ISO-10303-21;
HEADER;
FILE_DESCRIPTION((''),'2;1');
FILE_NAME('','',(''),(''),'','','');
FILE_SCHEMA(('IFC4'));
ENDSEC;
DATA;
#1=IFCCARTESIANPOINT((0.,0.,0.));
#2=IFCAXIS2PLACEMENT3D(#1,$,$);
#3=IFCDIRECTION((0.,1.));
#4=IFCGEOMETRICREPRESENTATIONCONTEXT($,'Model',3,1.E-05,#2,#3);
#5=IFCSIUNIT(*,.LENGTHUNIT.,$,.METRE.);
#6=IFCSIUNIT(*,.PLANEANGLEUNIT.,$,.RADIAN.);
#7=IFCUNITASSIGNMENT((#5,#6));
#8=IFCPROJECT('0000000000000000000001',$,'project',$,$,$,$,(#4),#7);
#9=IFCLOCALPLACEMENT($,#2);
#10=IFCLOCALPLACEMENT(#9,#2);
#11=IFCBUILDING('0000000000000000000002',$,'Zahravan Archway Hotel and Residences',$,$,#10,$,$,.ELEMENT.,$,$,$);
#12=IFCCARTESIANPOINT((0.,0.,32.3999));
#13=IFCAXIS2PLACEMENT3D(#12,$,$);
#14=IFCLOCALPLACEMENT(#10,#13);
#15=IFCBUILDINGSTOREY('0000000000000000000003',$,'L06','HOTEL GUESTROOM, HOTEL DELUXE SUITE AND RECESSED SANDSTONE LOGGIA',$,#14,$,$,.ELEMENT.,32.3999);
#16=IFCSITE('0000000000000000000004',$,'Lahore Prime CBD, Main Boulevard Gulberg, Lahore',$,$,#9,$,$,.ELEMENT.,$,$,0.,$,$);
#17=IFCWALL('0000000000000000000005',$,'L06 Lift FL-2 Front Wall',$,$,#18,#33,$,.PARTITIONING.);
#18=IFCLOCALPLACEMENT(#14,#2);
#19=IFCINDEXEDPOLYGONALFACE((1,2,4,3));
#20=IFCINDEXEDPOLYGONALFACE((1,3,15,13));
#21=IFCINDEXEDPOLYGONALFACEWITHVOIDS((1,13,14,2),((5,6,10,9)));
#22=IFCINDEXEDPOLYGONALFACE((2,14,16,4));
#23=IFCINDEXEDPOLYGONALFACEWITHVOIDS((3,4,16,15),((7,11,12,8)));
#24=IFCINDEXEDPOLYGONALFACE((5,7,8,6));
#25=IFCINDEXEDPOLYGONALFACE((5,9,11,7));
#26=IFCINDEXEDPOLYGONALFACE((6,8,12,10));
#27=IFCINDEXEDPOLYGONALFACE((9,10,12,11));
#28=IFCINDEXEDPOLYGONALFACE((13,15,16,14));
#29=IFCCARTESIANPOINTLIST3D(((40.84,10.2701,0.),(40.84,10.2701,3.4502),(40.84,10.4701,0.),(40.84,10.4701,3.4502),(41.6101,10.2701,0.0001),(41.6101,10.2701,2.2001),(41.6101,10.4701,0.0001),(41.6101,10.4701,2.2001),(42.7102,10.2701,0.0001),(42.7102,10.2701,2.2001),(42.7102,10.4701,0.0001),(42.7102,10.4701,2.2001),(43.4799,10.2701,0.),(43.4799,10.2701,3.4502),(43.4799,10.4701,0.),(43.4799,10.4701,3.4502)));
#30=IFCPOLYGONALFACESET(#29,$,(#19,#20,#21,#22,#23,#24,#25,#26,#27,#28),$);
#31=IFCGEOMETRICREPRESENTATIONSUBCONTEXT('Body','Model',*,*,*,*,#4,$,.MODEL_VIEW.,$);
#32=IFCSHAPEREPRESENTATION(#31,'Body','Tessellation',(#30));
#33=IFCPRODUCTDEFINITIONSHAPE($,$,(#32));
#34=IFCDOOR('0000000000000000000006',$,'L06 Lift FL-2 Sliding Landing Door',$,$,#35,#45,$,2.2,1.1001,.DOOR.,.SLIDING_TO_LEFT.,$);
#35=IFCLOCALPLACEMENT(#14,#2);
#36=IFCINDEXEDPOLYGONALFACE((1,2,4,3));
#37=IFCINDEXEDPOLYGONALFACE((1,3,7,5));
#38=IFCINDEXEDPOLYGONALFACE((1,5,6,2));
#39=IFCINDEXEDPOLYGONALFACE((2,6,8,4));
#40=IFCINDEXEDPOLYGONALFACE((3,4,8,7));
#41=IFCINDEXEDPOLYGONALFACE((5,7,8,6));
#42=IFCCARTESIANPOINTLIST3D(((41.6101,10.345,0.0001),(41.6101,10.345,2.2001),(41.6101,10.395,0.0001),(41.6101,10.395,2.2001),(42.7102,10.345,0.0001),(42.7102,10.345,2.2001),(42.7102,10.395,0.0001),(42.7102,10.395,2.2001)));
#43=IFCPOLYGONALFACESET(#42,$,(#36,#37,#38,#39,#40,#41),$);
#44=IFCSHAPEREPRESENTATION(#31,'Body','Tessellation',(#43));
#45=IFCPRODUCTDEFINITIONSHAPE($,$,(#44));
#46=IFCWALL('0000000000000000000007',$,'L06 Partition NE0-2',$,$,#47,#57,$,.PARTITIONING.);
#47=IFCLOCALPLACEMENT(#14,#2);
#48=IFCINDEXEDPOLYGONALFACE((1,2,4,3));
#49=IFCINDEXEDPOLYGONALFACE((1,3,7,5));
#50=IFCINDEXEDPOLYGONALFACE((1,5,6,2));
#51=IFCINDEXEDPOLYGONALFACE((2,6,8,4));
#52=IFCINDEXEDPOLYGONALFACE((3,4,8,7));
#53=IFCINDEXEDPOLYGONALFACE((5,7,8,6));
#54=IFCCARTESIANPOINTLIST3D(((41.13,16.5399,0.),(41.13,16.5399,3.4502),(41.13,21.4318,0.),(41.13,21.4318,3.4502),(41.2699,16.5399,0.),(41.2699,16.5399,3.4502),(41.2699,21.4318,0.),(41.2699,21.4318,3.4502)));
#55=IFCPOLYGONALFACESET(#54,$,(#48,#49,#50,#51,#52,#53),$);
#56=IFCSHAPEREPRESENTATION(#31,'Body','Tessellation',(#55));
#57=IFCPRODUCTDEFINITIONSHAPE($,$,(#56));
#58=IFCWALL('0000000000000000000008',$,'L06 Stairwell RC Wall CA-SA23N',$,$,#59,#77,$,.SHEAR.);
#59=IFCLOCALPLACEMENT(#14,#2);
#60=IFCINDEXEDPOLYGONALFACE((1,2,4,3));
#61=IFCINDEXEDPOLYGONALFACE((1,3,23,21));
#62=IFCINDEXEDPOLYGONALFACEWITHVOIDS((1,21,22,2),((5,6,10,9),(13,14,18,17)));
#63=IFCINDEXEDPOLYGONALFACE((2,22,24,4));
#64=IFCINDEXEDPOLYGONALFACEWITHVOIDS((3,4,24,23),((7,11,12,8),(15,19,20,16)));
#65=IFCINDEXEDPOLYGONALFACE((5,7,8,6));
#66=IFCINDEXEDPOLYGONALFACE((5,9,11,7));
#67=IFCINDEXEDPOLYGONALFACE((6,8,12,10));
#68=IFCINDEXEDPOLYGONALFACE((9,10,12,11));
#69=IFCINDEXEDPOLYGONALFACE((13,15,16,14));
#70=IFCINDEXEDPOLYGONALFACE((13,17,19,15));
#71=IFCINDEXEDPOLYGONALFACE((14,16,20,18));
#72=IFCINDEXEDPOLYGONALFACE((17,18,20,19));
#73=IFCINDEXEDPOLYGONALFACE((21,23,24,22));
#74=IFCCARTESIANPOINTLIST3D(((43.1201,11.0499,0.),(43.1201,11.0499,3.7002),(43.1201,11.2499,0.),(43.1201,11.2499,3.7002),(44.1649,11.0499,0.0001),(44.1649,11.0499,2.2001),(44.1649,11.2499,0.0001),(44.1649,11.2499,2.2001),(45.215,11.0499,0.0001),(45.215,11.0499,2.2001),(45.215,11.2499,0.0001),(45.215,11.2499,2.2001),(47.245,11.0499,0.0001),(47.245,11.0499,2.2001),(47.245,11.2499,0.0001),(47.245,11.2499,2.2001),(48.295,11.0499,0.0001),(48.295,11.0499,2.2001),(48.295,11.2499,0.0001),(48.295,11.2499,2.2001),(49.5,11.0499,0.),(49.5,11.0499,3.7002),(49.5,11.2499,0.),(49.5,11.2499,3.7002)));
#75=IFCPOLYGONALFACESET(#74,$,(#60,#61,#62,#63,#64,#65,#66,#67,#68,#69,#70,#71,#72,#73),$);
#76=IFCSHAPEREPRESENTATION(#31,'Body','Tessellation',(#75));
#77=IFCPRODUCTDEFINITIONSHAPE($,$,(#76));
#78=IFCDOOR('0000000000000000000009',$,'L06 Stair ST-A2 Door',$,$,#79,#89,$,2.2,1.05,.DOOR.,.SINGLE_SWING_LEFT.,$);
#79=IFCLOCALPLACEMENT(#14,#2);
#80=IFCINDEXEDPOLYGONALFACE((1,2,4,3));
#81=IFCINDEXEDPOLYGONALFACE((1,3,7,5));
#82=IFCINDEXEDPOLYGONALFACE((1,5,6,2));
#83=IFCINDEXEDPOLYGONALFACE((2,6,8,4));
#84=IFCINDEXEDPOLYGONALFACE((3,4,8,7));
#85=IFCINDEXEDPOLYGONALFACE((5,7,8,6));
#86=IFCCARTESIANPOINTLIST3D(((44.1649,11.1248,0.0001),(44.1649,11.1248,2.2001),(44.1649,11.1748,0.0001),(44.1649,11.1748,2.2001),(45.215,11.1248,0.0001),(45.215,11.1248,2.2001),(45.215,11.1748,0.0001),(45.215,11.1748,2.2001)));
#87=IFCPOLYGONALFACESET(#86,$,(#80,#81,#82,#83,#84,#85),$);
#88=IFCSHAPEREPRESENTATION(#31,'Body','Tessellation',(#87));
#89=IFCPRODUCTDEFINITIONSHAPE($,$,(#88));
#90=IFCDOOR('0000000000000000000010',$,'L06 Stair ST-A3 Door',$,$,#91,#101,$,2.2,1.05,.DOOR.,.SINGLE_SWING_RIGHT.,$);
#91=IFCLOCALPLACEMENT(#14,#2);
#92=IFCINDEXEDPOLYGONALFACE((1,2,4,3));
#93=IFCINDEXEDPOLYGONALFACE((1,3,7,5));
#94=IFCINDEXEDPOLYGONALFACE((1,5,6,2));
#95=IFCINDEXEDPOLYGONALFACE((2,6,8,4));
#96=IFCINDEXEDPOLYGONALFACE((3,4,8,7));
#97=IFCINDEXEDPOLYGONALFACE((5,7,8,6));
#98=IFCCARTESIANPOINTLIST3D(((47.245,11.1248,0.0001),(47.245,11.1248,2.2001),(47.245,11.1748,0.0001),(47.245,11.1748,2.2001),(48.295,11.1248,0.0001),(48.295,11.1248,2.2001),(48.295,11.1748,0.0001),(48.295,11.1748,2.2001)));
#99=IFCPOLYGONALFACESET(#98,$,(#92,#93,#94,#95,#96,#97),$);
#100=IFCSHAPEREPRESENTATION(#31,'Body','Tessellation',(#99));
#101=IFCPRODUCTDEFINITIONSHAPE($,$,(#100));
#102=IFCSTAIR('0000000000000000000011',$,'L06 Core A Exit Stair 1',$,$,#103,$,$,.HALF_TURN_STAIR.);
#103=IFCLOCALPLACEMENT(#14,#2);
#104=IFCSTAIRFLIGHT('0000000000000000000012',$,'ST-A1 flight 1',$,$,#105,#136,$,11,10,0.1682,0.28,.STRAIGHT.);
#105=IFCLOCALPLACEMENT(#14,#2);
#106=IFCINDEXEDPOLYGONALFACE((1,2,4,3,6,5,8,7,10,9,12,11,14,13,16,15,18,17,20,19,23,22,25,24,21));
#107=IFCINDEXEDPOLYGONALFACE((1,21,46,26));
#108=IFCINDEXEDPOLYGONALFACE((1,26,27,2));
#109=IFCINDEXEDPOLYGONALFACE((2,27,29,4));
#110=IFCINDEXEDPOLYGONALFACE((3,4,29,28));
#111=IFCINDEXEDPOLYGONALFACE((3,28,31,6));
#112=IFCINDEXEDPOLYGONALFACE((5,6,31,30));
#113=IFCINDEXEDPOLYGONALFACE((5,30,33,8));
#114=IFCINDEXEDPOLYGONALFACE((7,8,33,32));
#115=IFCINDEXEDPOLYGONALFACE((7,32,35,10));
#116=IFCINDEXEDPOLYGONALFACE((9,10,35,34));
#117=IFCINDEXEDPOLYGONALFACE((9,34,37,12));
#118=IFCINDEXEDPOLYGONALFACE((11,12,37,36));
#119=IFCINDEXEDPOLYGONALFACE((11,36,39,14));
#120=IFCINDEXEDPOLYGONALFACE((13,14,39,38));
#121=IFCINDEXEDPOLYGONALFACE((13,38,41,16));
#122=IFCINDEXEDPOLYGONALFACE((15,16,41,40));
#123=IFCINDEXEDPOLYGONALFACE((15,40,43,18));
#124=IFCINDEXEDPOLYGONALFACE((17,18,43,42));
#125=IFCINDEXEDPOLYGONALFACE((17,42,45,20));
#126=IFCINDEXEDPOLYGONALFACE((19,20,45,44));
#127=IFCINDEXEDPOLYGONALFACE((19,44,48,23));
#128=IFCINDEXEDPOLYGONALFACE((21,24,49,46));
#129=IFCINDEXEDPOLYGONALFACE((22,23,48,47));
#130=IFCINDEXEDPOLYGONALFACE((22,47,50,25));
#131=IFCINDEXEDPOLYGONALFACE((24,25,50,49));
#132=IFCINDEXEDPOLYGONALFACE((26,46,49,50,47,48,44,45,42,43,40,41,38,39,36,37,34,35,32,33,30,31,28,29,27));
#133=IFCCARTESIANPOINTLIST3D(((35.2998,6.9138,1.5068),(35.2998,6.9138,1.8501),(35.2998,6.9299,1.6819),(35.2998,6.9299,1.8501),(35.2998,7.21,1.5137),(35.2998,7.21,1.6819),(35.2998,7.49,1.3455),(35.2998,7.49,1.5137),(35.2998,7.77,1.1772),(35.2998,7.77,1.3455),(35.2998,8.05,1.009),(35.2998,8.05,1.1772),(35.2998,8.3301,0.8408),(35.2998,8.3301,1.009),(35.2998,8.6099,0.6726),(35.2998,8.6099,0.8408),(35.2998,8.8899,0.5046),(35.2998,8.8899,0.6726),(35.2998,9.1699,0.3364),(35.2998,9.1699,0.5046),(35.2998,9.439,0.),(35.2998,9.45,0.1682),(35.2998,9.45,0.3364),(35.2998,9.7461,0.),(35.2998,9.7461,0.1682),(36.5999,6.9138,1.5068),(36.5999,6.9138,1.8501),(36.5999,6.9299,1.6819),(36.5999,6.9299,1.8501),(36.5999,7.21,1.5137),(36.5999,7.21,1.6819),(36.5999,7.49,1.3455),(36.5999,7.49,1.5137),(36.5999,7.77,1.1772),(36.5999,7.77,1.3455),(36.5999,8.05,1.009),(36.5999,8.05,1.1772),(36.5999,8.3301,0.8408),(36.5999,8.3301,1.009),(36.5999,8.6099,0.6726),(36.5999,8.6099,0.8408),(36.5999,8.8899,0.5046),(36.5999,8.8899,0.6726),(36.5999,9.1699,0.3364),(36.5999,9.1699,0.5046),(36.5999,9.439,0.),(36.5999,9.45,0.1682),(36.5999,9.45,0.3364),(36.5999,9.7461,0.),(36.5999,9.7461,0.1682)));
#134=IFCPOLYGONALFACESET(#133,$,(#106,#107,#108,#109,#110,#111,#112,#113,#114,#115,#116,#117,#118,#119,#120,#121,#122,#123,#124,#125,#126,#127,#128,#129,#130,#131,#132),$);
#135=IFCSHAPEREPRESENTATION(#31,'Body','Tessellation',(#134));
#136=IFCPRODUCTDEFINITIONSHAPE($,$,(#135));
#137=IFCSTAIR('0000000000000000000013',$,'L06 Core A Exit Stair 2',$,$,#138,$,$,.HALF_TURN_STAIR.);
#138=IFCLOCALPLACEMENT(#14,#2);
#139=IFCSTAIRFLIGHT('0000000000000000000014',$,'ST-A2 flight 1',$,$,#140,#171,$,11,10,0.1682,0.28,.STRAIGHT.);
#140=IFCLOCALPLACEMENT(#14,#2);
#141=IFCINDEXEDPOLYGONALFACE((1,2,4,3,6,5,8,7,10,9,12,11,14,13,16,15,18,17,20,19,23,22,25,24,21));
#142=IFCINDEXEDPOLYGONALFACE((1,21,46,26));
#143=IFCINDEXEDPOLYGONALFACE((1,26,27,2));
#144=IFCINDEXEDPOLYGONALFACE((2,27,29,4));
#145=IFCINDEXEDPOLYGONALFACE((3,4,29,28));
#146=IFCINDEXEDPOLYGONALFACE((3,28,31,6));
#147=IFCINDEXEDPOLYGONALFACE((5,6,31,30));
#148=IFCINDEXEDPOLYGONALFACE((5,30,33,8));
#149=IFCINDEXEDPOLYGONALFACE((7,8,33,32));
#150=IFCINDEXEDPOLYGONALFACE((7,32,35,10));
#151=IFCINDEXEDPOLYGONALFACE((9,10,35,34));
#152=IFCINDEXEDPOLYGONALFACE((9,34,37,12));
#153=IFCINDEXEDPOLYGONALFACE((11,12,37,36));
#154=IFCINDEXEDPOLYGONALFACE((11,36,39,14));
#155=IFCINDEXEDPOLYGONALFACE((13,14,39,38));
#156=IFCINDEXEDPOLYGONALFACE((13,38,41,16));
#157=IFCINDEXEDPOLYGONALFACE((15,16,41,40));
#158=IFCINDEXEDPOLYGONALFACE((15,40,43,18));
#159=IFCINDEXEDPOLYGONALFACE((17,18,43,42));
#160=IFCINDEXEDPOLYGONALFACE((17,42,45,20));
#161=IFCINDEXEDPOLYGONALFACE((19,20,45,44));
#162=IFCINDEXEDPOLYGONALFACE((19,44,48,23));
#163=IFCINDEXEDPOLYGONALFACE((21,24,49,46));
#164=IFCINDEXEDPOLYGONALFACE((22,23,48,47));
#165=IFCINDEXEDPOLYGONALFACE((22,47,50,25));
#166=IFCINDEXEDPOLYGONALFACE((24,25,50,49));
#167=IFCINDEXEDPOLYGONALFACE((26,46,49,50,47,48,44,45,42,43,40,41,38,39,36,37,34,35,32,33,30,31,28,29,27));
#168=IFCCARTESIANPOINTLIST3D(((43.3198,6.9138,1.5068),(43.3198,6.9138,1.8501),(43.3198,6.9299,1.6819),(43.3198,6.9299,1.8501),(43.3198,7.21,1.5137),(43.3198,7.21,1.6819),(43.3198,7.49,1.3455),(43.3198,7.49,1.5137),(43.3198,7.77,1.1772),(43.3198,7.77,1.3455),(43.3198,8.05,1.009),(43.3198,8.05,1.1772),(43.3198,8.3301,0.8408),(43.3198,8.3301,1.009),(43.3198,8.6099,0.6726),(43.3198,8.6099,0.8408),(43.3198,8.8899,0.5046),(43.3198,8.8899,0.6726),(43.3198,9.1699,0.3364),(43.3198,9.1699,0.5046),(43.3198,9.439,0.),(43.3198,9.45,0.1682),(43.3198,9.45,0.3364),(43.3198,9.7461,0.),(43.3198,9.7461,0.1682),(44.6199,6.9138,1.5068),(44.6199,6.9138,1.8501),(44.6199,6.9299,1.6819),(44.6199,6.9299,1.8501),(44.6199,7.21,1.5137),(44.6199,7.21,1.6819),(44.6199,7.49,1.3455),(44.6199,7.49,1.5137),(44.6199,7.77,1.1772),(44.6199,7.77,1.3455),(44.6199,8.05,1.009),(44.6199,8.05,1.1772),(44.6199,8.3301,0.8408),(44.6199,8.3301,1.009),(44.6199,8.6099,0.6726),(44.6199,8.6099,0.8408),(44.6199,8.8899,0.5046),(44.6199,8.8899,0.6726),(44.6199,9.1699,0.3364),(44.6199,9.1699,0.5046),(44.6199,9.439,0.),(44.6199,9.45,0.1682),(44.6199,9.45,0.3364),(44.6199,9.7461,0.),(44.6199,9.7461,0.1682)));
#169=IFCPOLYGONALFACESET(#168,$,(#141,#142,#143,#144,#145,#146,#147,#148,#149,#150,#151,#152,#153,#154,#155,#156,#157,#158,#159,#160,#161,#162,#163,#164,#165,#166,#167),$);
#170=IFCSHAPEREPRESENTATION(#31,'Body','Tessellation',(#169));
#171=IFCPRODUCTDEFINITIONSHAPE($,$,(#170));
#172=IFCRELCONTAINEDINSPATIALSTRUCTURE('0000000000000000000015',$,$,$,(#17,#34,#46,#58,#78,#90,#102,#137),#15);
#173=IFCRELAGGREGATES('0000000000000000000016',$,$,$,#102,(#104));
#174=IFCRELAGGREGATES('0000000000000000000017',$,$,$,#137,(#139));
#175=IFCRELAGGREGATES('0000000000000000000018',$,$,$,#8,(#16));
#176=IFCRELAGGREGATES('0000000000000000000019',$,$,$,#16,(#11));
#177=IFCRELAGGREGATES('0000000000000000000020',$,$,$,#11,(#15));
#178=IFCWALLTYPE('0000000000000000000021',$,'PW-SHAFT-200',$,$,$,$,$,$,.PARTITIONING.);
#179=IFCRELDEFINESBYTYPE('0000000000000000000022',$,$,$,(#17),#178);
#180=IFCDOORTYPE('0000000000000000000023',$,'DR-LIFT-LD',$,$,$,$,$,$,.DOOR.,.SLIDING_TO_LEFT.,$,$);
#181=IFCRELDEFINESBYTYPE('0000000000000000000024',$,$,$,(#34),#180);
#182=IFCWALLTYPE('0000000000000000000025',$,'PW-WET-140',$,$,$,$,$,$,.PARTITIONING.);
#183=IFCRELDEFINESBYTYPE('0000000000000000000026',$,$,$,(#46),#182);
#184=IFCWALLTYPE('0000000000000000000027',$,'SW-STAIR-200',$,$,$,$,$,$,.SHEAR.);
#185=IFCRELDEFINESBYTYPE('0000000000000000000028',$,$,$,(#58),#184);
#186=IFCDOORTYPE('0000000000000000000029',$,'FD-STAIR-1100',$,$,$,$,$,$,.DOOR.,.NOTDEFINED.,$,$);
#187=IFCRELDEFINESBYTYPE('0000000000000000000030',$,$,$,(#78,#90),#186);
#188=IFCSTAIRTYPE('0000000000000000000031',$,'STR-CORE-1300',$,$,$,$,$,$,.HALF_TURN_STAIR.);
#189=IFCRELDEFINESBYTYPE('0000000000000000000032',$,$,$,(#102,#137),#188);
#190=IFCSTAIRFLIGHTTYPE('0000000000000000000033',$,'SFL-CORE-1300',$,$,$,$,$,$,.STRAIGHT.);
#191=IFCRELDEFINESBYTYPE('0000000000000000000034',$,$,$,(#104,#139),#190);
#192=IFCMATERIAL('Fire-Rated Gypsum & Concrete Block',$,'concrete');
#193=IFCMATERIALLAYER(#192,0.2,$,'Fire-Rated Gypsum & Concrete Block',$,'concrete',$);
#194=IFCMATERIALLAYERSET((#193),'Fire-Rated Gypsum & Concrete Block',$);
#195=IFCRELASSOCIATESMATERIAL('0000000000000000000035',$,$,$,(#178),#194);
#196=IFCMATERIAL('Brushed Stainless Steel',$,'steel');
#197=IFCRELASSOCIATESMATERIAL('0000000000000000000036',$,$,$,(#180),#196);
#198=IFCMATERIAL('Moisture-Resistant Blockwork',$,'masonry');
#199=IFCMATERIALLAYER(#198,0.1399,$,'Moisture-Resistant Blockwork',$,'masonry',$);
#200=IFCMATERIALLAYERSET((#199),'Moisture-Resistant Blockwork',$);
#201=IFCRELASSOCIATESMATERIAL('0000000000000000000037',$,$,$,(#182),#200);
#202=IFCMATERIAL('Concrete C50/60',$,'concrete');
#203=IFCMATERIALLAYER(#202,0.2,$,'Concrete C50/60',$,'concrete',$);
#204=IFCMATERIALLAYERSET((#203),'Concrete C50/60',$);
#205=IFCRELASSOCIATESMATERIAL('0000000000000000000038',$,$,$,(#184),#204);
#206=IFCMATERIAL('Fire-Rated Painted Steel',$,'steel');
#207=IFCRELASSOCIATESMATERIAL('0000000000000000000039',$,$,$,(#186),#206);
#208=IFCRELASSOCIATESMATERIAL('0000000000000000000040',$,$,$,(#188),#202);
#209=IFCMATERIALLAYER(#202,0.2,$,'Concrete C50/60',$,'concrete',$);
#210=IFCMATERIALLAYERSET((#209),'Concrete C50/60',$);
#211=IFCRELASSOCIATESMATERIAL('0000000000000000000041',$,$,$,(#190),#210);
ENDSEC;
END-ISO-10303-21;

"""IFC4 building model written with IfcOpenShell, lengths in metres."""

from ifc_helpers import new_model, si_unit, direction, frame, frame_2d, origin, place, context, subcontext, project, spatial, polyline, rectangle, outline, extrude, source, transform, mapped, material, layer, layer_set, type_object, type_shapes, element, fill, aggregate, save


model = new_model("IFC4")

# Units and contexts
model_context = context("Model", 3, precision=1e-05, world=origin(), true_north=direction((0.0, 1.0)))
body_context = subcontext(model_context, "Body", "Model", "MODEL_VIEW")
ifc_project = project(units=[si_unit("LENGTHUNIT", "METRE"), si_unit("PLANEANGLEUNIT", "RADIAN")], contexts=[model_context])

# Site, building, storey
site_placement = place(None, origin())
site = spatial("IfcSite", under=ifc_project, at=site_placement, Name="Lahore Prime CBD, Main Boulevard Gulberg, Lahore", CompositionType="ELEMENT", RefElevation=0.0)
building_placement = place(site_placement, origin())
building = spatial("IfcBuilding", under=site, at=building_placement, Name="Zahravan Archway Hotel and Residences", CompositionType="ELEMENT")
storey_placement = place(building_placement, frame((0.0, 0.0, 32.3999)))
storey = spatial("IfcBuildingStorey", under=building, at=storey_placement, Name="L06", Description="HOTEL GUESTROOM, HOTEL DELUXE SUITE AND RECESSED SANDSTONE LOGGIA", CompositionType="ELEMENT", Elevation=32.3999)

# Shared definitions
ifc_material_1 = material(Name="Fire-Rated Gypsum & Concrete Block", Category="concrete")
ifc_material_2 = material(Name="Fire-Rated Painted Steel", Category="steel")

# Shared definitions
ifc_layer_1 = layer(ifc_material_1, 0.2, Name="Fire-Rated Gypsum & Concrete Block", Category="concrete")
ifc_layer_set_1 = layer_set([ifc_layer_1], Name="Fire-Rated Gypsum & Concrete Block")
wall_type_1 = type_object("IfcWallType", Name="PW-SHAFT-200", PredefinedType="PARTITIONING", material=ifc_layer_set_1)

# Wall, opening, door
ifc_material_3 = material(Name="Brushed Stainless Steel", Category="steel")
door_type_1 = type_object("IfcDoorType", Name="DR-LIFT-LD", OperationType="SLIDING_TO_LEFT", PredefinedType="DOOR", material=ifc_material_3)
shared_shape_1 = source(origin(), body_context, "Body", "SweptSolid", [
    extrude(rectangle(XDim=1.1001, YDim=2.2, at=frame_2d((0.55, 1.1001))), frame((0.0, 0.0249, 0.0), z_axis=(0.0, -1.0, 0.0), x_axis=(1.0, 0.0, 0.0)), (0.0, 0.0, 1.0), 0.05),
])
type_shapes(door_type_1, [shared_shape_1])
wall_1_placement = place(storey_placement, frame((40.8401, 10.3701, 0.0), z_axis=(0.0, 0.0, 1.0), x_axis=(1.0, 0.0, 0.0)))
wall_1 = element("IfcWall", 1, at=wall_1_placement, inside=storey, type_object=wall_type_1, Name="L06 Lift FL-2 Front Wall", PredefinedType="PARTITIONING", context=body_context, shape_type="SweptSolid", body=[
    extrude(rectangle(XDim=2.6399, YDim=0.2, at=frame_2d((1.3198, 0.0))), origin(), (0.0, 0.0, 1.0), 3.4502),
])
opening_1_placement = place(wall_1_placement, frame((0.77, 0.0, 0.0)))
opening_1 = element("IfcOpeningElement", 2, at=opening_1_placement, cuts=wall_1, PredefinedType="OPENING", context=body_context, shape_type="SweptSolid", body=[
    extrude(rectangle(XDim=1.1001, YDim=2.2, at=frame_2d((0.55, 1.1001))), frame((0.0, 0.1099, 0.0), z_axis=(0.0, -1.0, 0.0), x_axis=(1.0, 0.0, 0.0)), (0.0, 0.0, 1.0), 0.22),
])
door_1_placement = place(opening_1_placement, origin())
door_1 = element("IfcDoor", 3, at=door_1_placement, inside=storey, type_object=door_type_1, Name="L06 Lift FL-2 Sliding Landing Door", OperationType="SLIDING_TO_LEFT", OverallHeight=2.2, OverallWidth=1.1001, PredefinedType="DOOR", context=body_context, shape_type="MappedRepresentation", body=[
    mapped(shared_shape_1, transform((0.0, 0.0, 0.0), scale=1.0)),
])
fill(opening_1, door_1)

# Wall
ifc_material_4 = material(Name="Moisture-Resistant Blockwork", Category="masonry")
ifc_layer_2 = layer(ifc_material_4, 0.1399, Name="Moisture-Resistant Blockwork", Category="masonry")
ifc_layer_set_2 = layer_set([ifc_layer_2], Name="Moisture-Resistant Blockwork")
wall_type_2 = type_object("IfcWallType", Name="PW-WET-140", PredefinedType="PARTITIONING", material=ifc_layer_set_2)
wall_2_placement = place(storey_placement, frame((41.2, 16.54, 0.0), z_axis=(0.0, 0.0, 1.0), x_axis=(0.0, 1.0, 0.0)))
element("IfcWall", 4, at=wall_2_placement, inside=storey, type_object=wall_type_2, Name="L06 Partition NE0-2", PredefinedType="PARTITIONING", context=body_context, shape_type="SweptSolid", body=[
    extrude(rectangle(XDim=4.8918, YDim=0.1399, at=frame_2d((2.4458, 0.0))), origin(), (0.0, 0.0, 1.0), 3.4502),
])

# Wall, openings, doors
ifc_material_5 = material(Name="Concrete C50/60", Category="concrete")
ifc_layer_3 = layer(ifc_material_5, 0.2, Name="Concrete C50/60", Category="concrete")
ifc_layer_set_3 = layer_set([ifc_layer_3], Name="Concrete C50/60")
wall_type_3 = type_object("IfcWallType", Name="SW-STAIR-200", PredefinedType="SHEAR", material=ifc_layer_set_3)
wall_3_placement = place(storey_placement, frame((43.1201, 11.1499, 0.0), z_axis=(0.0, 0.0, 1.0), x_axis=(1.0, 0.0, 0.0)))
wall_3 = element("IfcWall", 5, at=wall_3_placement, inside=storey, type_object=wall_type_3, Name="L06 Stairwell RC Wall CA-SA23N", PredefinedType="SHEAR", context=body_context, shape_type="SweptSolid", body=[
    extrude(rectangle(XDim=6.3799, YDim=0.2, at=frame_2d((3.1899, 0.0))), origin(), (0.0, 0.0, 1.0), 3.7002),
])
opening_2_placement = place(wall_3_placement, frame((1.0449, 0.0, 0.0)))
opening_2 = element("IfcOpeningElement", 6, at=opening_2_placement, cuts=wall_3, PredefinedType="OPENING", context=body_context, shape_type="SweptSolid", body=[
    extrude(rectangle(XDim=1.05, YDim=2.2, at=frame_2d((0.5249, 1.1001))), frame((0.0, 0.1099, 0.0), z_axis=(0.0, -1.0, 0.0), x_axis=(1.0, 0.0, 0.0)), (0.0, 0.0, 1.0), 0.22),
])
opening_3_placement = place(wall_3_placement, frame((4.125, 0.0, 0.0)))
opening_3 = element("IfcOpeningElement", 7, at=opening_3_placement, cuts=wall_3, PredefinedType="OPENING", context=body_context, shape_type="SweptSolid", body=[
    extrude(rectangle(XDim=1.05, YDim=2.2, at=frame_2d((0.5249, 1.1001))), frame((0.0, 0.1099, 0.0), z_axis=(0.0, -1.0, 0.0), x_axis=(1.0, 0.0, 0.0)), (0.0, 0.0, 1.0), 0.22),
])
door_type_2 = type_object("IfcDoorType", Name="FD-STAIR-1100", OperationType="NOTDEFINED", PredefinedType="DOOR", material=ifc_material_2)
shared_shape_2 = source(origin(), body_context, "Body", "SweptSolid", [
    extrude(rectangle(XDim=1.05, YDim=2.2, at=frame_2d((0.5249, 1.1001))), frame((0.0, 0.0249, 0.0), z_axis=(0.0, -1.0, 0.0), x_axis=(1.0, 0.0, 0.0)), (0.0, 0.0, 1.0), 0.05),
])
type_shapes(door_type_2, [shared_shape_2])
door_2_placement = place(opening_2_placement, origin())
door_2 = element("IfcDoor", 8, at=door_2_placement, inside=storey, type_object=door_type_2, Name="L06 Stair ST-A2 Door", OperationType="SINGLE_SWING_LEFT", OverallHeight=2.2, OverallWidth=1.05, PredefinedType="DOOR", context=body_context, shape_type="MappedRepresentation", body=[
    mapped(shared_shape_2, transform((0.0, 0.0, 0.0), scale=1.0)),
])
fill(opening_2, door_2)
door_3_placement = place(opening_3_placement, origin())
door_3 = element("IfcDoor", 9, at=door_3_placement, inside=storey, type_object=door_type_2, Name="L06 Stair ST-A3 Door", OperationType="SINGLE_SWING_RIGHT", OverallHeight=2.2, OverallWidth=1.05, PredefinedType="DOOR", context=body_context, shape_type="MappedRepresentation", body=[
    mapped(shared_shape_2, transform((0.0, 0.0, 0.0), scale=1.0)),
])
fill(opening_3, door_3)

# Stairs, stair flights
stair_type = type_object("IfcStairType", Name="STR-CORE-1300", PredefinedType="HALF_TURN_STAIR", material=ifc_material_5)
stair_1_placement = place(storey_placement, origin())
stair_1 = element("IfcStair", 10, at=stair_1_placement, inside=storey, type_object=stair_type, Name="L06 Core A Exit Stair 1", PredefinedType="HALF_TURN_STAIR")
ifc_layer_4 = layer(ifc_material_5, 0.2, Name="Concrete C50/60", Category="concrete")
ifc_layer_set_4 = layer_set([ifc_layer_4], Name="Concrete C50/60")
stair_flight_type = type_object("IfcStairFlightType", Name="SFL-CORE-1300", PredefinedType="STRAIGHT", material=ifc_layer_set_4)
shared_shape_3 = source(origin(), body_context, "Body", "SweptSolid", [
    extrude(outline(polyline([(-0.0161, 0.0), (-0.0161, 0.1682), (0.28, 0.1682), (0.28, 0.3364), (0.5601, 0.3364), (0.5601, 0.5046), (0.8401, 0.5046), (0.8401, 0.6726), (1.1201, 0.6726), (1.1201, 0.8408), (1.3999, 0.8408), (1.3999, 1.009), (1.6799, 1.009), (1.6799, 1.1772), (1.96, 1.1772), (1.96, 1.3455), (2.24, 1.3455), (2.24, 1.5137), (2.52, 1.5137), (2.52, 1.6819), (2.8, 1.6819), (2.8, 1.8501), (2.8162, 1.8501), (2.8162, 1.5068), (0.291, 0.0), (-0.0161, 0.0)])), frame((0.0, 0.6499, 0.0), z_axis=(0.0, -1.0, 0.0), x_axis=(1.0, 0.0, 0.0)), (0.0, 0.0, 1.0), 1.3),
])
stair_flight_1_placement = place(storey_placement, frame((35.95, 9.73, 0.0), z_axis=(0.0, 0.0, 1.0), x_axis=(0.0, -1.0, 0.0)))
stair_flight_1 = element("IfcStairFlight", 11, at=stair_flight_1_placement, type_object=stair_flight_type, Name="ST-A1 flight 1", NumberOfRisers=11, NumberOfTreads=10, PredefinedType="STRAIGHT", RiserHeight=0.1682, TreadLength=0.28, context=body_context, shape_type="MappedRepresentation", body=[
    mapped(shared_shape_3, transform((0.0, 0.0, 0.0), scale=1.0)),
])
aggregate(stair_1, [stair_flight_1])
stair_2_placement = place(storey_placement, origin())
stair_2 = element("IfcStair", 12, at=stair_2_placement, inside=storey, type_object=stair_type, Name="L06 Core A Exit Stair 2", PredefinedType="HALF_TURN_STAIR")
stair_flight_2_placement = place(storey_placement, frame((43.97, 9.73, 0.0), z_axis=(0.0, 0.0, 1.0), x_axis=(0.0, -1.0, 0.0)))
stair_flight_2 = element("IfcStairFlight", 13, at=stair_flight_2_placement, type_object=stair_flight_type, Name="ST-A2 flight 1", NumberOfRisers=11, NumberOfTreads=10, PredefinedType="STRAIGHT", RiserHeight=0.1682, TreadLength=0.28, context=body_context, shape_type="MappedRepresentation", body=[
    mapped(shared_shape_3, transform((0.0, 0.0, 0.0), scale=1.0)),
])
aggregate(stair_2, [stair_flight_2])

save(model, "model.ifc")
